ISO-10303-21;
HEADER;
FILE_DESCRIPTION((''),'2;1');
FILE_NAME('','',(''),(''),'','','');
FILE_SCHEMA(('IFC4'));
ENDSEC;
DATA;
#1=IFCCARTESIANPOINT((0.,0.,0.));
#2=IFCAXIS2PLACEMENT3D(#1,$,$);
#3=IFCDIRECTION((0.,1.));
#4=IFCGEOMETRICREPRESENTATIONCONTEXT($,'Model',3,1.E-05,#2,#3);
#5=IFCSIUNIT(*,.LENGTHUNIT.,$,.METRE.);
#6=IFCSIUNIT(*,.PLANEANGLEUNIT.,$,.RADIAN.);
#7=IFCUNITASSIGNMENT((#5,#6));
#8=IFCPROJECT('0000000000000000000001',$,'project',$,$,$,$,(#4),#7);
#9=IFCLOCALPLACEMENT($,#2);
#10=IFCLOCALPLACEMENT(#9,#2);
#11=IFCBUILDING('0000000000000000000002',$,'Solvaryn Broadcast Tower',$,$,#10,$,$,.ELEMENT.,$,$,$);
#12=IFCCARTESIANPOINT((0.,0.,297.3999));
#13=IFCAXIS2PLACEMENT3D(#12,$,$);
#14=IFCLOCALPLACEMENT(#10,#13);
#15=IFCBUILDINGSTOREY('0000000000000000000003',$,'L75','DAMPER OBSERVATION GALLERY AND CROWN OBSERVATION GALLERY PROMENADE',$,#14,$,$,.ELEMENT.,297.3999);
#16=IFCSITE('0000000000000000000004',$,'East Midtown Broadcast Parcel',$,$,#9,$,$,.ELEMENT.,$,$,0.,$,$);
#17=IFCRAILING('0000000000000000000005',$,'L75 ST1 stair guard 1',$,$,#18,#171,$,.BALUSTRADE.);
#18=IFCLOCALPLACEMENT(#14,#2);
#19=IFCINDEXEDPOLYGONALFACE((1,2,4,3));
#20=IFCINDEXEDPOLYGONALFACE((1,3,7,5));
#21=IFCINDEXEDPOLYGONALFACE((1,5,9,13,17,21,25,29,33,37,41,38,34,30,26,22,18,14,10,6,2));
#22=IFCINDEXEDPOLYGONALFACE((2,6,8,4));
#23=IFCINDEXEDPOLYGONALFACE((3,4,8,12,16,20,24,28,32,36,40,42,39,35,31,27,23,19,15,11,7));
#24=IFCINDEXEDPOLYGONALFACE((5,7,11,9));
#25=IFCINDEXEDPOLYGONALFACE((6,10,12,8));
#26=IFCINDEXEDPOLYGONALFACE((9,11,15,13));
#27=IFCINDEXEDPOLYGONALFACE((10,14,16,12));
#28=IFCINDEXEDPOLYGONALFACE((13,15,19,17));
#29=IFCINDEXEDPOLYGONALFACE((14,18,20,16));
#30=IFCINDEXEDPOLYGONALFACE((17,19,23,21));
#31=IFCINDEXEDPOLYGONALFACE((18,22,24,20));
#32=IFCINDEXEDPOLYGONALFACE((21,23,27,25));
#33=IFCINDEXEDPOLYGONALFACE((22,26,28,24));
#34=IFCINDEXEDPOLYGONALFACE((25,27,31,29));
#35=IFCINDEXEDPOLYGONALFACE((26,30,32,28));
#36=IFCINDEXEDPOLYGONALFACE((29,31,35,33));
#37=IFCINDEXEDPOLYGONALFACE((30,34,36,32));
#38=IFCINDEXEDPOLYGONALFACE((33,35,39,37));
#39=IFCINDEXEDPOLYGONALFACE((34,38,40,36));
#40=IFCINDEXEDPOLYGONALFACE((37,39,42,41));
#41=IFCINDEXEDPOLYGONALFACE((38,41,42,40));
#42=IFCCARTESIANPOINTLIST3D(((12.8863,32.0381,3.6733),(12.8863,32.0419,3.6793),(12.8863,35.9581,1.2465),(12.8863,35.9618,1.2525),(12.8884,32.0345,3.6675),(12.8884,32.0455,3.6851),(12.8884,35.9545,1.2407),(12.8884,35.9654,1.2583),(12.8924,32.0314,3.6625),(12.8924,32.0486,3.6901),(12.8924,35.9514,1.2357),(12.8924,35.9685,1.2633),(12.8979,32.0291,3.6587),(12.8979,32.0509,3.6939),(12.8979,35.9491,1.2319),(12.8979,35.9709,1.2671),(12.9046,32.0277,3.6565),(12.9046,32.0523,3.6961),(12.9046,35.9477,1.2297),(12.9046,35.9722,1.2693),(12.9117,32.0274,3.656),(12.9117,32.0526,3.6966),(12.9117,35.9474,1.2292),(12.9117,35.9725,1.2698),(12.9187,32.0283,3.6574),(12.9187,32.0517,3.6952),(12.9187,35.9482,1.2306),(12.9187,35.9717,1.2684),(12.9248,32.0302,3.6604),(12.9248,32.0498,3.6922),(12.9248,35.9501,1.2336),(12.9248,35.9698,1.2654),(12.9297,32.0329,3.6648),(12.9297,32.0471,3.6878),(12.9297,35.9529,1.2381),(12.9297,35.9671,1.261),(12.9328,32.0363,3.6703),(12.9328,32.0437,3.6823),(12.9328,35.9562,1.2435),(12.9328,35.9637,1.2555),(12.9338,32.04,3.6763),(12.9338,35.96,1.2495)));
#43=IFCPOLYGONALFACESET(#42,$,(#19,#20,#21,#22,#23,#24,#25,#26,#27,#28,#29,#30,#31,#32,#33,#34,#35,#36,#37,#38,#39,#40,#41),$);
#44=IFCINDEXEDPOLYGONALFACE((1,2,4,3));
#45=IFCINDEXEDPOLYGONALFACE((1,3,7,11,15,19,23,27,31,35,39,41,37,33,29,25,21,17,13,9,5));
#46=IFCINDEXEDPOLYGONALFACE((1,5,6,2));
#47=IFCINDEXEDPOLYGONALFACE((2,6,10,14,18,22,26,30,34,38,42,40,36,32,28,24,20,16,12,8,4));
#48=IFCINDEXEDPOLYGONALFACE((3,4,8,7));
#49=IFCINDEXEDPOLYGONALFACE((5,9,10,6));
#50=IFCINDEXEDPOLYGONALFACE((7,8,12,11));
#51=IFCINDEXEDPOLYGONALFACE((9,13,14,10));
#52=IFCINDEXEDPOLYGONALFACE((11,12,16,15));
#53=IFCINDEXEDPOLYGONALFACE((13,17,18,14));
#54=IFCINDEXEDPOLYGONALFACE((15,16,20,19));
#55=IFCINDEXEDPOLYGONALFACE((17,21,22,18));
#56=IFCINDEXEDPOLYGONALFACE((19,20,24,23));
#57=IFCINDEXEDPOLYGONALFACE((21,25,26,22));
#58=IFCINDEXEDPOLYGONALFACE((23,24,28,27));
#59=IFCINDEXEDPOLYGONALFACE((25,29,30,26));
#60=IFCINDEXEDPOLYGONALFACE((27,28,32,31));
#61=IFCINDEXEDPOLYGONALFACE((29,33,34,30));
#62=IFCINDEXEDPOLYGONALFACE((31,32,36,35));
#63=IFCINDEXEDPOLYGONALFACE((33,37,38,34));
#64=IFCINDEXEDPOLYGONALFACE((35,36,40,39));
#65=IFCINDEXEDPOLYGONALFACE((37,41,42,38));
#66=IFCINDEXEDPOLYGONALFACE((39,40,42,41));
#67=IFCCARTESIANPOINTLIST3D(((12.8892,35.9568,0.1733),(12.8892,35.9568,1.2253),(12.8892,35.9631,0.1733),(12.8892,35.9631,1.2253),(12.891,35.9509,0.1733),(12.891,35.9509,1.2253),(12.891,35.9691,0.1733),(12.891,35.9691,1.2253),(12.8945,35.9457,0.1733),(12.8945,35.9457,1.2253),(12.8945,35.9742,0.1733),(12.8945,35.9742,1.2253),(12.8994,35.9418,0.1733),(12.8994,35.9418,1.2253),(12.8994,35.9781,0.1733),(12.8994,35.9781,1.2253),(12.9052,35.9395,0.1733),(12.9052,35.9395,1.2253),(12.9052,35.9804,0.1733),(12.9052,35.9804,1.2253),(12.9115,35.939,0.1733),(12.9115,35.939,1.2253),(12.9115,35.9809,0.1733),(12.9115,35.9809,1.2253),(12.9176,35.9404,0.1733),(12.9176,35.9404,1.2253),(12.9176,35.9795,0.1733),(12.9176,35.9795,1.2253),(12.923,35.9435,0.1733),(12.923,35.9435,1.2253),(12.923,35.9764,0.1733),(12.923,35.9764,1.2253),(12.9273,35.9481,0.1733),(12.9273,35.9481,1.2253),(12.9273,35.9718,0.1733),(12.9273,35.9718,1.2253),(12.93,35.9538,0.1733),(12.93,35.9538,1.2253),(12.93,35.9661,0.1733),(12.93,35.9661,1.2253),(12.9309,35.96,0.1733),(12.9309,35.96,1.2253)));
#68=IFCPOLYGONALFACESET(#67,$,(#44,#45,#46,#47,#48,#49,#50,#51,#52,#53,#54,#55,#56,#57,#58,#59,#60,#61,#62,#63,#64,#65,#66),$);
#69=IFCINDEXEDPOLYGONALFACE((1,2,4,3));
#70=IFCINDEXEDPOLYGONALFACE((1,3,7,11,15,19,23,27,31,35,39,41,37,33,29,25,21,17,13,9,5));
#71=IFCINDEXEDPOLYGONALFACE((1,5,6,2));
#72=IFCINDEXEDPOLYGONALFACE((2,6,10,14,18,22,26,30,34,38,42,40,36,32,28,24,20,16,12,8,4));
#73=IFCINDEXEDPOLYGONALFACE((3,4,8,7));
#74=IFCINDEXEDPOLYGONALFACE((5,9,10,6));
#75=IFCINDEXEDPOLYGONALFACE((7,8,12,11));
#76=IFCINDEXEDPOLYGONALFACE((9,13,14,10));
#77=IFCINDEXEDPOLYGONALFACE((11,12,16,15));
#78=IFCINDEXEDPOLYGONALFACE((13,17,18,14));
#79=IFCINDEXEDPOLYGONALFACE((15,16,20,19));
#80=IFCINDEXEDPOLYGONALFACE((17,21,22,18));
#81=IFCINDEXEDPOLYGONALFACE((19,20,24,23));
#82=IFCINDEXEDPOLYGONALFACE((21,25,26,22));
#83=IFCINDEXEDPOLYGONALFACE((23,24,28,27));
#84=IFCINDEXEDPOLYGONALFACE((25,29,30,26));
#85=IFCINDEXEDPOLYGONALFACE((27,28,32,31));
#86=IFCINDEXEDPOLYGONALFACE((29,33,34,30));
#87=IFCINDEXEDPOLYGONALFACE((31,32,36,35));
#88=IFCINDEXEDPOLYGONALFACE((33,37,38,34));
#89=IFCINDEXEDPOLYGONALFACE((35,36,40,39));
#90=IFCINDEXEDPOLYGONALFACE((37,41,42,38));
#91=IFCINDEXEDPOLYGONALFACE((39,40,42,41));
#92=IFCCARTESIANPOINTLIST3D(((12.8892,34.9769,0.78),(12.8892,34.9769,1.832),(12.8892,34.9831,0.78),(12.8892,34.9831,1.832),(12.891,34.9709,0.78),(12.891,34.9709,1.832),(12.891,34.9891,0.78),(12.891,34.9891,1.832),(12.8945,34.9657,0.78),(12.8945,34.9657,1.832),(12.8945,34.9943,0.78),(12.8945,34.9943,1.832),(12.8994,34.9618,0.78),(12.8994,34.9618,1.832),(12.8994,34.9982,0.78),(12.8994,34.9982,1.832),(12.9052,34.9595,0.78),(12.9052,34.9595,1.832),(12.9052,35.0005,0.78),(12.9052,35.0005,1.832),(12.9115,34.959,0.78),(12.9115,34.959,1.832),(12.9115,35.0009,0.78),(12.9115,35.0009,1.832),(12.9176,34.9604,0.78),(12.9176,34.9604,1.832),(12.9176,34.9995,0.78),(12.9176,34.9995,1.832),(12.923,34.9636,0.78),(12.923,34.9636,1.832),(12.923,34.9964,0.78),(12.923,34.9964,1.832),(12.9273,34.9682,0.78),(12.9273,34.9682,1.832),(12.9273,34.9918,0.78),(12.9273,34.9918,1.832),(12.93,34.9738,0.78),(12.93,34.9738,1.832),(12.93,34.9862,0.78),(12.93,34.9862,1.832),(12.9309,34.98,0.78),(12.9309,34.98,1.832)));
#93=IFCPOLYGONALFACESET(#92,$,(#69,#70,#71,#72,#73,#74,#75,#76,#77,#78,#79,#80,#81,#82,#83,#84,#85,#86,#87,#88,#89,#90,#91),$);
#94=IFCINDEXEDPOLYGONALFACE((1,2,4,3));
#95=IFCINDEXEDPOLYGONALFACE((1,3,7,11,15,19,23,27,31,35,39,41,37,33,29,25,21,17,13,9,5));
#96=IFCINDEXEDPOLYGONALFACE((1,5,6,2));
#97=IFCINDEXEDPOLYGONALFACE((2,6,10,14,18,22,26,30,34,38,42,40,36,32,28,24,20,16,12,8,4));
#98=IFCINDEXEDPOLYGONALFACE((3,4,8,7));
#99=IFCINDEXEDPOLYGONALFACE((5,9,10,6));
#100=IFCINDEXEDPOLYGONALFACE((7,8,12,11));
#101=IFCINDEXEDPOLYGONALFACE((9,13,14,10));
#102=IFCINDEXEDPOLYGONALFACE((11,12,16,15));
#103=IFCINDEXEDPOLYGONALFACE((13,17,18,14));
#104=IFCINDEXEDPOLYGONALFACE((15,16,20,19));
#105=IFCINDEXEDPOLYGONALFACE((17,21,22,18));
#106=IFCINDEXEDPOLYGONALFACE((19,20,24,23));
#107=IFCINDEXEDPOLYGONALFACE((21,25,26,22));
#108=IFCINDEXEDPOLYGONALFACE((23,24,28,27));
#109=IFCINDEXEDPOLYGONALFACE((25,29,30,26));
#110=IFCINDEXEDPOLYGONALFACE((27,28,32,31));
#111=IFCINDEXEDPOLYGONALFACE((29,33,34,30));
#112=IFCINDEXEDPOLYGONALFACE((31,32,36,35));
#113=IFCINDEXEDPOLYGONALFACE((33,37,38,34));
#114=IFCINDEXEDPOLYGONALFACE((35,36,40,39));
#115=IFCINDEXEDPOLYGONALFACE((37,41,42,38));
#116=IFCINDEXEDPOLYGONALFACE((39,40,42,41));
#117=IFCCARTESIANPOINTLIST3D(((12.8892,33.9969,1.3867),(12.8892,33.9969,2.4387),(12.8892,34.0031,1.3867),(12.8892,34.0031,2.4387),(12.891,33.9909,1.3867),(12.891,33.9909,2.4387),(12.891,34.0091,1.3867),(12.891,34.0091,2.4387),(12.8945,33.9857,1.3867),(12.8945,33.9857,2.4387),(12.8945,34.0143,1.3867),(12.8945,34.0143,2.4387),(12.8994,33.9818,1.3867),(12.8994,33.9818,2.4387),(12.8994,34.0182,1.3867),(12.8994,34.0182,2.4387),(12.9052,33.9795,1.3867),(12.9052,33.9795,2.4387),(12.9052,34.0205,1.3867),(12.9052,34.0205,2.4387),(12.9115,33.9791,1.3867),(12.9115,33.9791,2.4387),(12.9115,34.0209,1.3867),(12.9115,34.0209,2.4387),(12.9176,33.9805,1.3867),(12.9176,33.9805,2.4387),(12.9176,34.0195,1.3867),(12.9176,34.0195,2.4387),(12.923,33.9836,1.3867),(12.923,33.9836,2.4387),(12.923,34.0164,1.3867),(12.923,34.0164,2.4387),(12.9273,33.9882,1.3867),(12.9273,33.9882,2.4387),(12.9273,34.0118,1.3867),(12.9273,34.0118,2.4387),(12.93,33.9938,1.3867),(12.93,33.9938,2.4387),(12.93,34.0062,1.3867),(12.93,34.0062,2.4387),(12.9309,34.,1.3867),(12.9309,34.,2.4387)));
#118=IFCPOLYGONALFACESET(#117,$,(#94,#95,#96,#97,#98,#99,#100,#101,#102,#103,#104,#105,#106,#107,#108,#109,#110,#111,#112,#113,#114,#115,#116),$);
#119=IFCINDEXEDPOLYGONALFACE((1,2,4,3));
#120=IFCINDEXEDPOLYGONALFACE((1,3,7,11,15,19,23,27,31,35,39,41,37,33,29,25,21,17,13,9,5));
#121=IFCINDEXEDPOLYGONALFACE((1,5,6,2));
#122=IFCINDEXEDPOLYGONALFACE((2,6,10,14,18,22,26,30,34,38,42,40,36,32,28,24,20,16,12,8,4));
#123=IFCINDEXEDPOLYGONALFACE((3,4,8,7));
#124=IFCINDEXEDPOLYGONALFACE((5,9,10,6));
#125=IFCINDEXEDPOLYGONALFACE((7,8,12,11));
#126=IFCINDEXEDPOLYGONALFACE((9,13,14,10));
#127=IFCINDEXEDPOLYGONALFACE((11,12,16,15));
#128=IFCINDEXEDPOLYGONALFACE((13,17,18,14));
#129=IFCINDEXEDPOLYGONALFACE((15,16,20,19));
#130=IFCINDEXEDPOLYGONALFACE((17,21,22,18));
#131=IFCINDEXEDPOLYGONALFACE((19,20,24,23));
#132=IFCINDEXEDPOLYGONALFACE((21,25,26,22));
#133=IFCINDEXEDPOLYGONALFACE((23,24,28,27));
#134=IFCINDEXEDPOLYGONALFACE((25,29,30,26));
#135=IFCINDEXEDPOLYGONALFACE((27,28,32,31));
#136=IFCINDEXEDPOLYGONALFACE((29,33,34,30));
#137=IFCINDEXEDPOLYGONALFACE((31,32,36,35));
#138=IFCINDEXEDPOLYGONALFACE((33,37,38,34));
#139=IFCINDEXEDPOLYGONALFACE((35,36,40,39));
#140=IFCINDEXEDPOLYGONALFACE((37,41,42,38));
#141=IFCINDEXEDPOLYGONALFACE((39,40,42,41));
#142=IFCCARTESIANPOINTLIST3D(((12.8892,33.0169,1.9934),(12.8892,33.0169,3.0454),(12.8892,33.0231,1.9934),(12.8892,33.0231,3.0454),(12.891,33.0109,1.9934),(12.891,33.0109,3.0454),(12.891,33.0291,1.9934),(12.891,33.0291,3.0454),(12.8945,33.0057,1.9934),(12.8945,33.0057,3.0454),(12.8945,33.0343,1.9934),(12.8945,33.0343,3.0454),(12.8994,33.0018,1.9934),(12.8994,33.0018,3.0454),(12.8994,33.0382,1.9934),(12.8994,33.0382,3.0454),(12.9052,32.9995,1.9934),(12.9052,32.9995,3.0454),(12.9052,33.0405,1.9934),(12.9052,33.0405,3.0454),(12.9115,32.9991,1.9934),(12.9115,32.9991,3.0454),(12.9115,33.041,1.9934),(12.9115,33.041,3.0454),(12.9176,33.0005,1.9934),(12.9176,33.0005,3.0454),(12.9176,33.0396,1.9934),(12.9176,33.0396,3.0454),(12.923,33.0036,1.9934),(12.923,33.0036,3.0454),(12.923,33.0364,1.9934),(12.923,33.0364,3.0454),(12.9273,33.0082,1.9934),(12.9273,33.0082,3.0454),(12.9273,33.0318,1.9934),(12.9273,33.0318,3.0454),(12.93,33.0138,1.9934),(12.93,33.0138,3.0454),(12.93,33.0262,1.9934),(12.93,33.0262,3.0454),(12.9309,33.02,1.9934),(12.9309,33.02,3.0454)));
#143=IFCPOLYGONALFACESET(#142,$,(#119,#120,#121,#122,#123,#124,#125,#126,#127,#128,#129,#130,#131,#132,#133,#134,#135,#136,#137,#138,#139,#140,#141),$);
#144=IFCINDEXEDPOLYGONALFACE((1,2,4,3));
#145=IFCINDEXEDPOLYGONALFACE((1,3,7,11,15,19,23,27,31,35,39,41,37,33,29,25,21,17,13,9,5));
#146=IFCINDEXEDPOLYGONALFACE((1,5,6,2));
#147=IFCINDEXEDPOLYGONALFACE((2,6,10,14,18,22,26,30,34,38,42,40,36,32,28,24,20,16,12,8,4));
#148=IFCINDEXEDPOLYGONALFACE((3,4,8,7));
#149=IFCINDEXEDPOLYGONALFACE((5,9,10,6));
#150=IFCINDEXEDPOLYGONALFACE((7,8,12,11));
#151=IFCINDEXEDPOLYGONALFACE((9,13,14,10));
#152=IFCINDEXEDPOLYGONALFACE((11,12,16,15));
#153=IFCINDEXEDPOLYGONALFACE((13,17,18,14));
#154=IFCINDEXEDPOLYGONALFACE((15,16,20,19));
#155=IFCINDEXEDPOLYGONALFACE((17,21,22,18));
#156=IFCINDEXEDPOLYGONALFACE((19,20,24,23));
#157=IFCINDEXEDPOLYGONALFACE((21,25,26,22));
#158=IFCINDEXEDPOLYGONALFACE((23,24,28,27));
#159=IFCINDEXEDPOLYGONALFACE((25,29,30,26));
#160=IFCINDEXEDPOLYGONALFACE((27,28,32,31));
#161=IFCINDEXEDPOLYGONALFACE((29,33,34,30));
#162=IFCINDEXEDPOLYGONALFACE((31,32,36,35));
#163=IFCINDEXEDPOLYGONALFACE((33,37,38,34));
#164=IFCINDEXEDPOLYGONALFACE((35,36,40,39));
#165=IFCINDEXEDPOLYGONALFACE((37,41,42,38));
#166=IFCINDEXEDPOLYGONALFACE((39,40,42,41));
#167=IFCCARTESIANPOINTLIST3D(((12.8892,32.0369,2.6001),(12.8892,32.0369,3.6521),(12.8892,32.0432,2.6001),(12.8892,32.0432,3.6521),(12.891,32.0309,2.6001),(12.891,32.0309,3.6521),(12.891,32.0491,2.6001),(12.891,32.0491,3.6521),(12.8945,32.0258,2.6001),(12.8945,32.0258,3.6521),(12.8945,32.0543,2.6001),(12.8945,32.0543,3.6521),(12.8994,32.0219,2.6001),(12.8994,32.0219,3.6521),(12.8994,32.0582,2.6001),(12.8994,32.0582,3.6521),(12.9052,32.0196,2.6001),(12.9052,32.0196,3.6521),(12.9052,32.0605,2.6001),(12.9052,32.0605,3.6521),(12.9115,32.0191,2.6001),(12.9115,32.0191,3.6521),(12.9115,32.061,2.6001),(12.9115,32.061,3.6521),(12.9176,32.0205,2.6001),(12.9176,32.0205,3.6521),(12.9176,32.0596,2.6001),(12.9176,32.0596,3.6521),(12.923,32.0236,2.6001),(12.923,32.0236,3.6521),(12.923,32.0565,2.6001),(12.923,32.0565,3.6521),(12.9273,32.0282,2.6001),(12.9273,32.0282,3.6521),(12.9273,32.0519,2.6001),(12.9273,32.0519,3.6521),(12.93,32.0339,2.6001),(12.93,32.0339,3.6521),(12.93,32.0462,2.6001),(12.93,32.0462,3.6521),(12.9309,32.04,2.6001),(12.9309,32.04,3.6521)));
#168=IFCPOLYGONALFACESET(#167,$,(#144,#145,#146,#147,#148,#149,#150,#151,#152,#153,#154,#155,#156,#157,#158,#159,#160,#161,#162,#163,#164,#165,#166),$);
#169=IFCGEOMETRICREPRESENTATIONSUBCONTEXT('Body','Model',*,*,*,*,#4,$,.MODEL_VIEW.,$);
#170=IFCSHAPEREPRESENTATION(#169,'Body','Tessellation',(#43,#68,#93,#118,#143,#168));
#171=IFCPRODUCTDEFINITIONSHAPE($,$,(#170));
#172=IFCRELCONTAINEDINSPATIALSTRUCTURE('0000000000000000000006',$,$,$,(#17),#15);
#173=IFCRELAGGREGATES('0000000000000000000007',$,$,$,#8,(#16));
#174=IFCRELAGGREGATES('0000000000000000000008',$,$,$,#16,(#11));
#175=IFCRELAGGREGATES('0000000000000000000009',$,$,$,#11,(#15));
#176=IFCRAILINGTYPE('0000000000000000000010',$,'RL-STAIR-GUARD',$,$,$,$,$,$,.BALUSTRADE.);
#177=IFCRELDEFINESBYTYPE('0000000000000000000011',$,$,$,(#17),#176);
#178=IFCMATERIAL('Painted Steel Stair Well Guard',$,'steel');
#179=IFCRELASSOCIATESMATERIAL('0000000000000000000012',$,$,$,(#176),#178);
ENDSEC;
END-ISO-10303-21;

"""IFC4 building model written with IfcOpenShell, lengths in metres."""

from ifc_helpers import new_model, si_unit, direction, frame, origin, origin_2d, place, context, subcontext, project, spatial, circle, extrude, material, type_object, element, save


model = new_model("IFC4")

# Units and contexts
model_context = context("Model", 3, precision=1e-05, world=origin(), true_north=direction((0.0, 1.0)))
body_context = subcontext(model_context, "Body", "Model", "MODEL_VIEW")
ifc_project = project(units=[si_unit("LENGTHUNIT", "METRE"), si_unit("PLANEANGLEUNIT", "RADIAN")], contexts=[model_context])

# Site, building, storey
site_placement = place(None, origin())
site = spatial("IfcSite", under=ifc_project, at=site_placement, Name="East Midtown Broadcast Parcel", CompositionType="ELEMENT", RefElevation=0.0)
building_placement = place(site_placement, origin())
building = spatial("IfcBuilding", under=site, at=building_placement, Name="Solvaryn Broadcast Tower", CompositionType="ELEMENT")
storey_placement = place(building_placement, frame((0.0, 0.0, 297.3999)))
storey = spatial("IfcBuildingStorey", under=building, at=storey_placement, Name="L75", Description="DAMPER OBSERVATION GALLERY AND CROWN OBSERVATION GALLERY PROMENADE", CompositionType="ELEMENT", Elevation=297.3999)

# Railing
ifc_material_1 = material(Name="Painted Steel Stair Well Guard", Category="steel")
railing_type_1 = type_object("IfcRailingType", Name="RL-STAIR-GUARD", PredefinedType="BALUSTRADE", material=ifc_material_1)
railing_1_placement = place(storey_placement, frame((12.9099, 35.96, 0.1733)))
element("IfcRailing", 1, at=railing_1_placement, inside=storey, type_object=railing_type_1, Name="L75 ST1 stair guard 1", PredefinedType="BALUSTRADE", context=body_context, shape_type="SweptSolid", body=[
    extrude(circle(Radius=0.0239, at=origin_2d()), frame((0.0, 0.0, 1.0762), z_axis=(0.0, -0.850252, 0.526376), x_axis=(1.0, 0.0, 0.0)), (0.0, 0.0, 1.0), 4.6104),
    extrude(circle(Radius=0.021, at=origin_2d()), origin(), (0.0, 0.0, 1.0), 1.052),
    extrude(circle(Radius=0.021, at=origin_2d()), frame((0.0, -0.98, 0.6067)), (0.0, 0.0, 1.0), 1.052),
    extrude(circle(Radius=0.021, at=origin_2d()), frame((0.0, -1.96, 1.2134)), (0.0, 0.0, 1.0), 1.052),
    extrude(circle(Radius=0.021, at=origin_2d()), frame((0.0, -2.9399, 1.8201)), (0.0, 0.0, 1.0), 1.052),
    extrude(circle(Radius=0.021, at=origin_2d()), frame((0.0, -3.9199, 2.4268)), (0.0, 0.0, 1.0), 1.052),
])

save(model, "model.ifc")
